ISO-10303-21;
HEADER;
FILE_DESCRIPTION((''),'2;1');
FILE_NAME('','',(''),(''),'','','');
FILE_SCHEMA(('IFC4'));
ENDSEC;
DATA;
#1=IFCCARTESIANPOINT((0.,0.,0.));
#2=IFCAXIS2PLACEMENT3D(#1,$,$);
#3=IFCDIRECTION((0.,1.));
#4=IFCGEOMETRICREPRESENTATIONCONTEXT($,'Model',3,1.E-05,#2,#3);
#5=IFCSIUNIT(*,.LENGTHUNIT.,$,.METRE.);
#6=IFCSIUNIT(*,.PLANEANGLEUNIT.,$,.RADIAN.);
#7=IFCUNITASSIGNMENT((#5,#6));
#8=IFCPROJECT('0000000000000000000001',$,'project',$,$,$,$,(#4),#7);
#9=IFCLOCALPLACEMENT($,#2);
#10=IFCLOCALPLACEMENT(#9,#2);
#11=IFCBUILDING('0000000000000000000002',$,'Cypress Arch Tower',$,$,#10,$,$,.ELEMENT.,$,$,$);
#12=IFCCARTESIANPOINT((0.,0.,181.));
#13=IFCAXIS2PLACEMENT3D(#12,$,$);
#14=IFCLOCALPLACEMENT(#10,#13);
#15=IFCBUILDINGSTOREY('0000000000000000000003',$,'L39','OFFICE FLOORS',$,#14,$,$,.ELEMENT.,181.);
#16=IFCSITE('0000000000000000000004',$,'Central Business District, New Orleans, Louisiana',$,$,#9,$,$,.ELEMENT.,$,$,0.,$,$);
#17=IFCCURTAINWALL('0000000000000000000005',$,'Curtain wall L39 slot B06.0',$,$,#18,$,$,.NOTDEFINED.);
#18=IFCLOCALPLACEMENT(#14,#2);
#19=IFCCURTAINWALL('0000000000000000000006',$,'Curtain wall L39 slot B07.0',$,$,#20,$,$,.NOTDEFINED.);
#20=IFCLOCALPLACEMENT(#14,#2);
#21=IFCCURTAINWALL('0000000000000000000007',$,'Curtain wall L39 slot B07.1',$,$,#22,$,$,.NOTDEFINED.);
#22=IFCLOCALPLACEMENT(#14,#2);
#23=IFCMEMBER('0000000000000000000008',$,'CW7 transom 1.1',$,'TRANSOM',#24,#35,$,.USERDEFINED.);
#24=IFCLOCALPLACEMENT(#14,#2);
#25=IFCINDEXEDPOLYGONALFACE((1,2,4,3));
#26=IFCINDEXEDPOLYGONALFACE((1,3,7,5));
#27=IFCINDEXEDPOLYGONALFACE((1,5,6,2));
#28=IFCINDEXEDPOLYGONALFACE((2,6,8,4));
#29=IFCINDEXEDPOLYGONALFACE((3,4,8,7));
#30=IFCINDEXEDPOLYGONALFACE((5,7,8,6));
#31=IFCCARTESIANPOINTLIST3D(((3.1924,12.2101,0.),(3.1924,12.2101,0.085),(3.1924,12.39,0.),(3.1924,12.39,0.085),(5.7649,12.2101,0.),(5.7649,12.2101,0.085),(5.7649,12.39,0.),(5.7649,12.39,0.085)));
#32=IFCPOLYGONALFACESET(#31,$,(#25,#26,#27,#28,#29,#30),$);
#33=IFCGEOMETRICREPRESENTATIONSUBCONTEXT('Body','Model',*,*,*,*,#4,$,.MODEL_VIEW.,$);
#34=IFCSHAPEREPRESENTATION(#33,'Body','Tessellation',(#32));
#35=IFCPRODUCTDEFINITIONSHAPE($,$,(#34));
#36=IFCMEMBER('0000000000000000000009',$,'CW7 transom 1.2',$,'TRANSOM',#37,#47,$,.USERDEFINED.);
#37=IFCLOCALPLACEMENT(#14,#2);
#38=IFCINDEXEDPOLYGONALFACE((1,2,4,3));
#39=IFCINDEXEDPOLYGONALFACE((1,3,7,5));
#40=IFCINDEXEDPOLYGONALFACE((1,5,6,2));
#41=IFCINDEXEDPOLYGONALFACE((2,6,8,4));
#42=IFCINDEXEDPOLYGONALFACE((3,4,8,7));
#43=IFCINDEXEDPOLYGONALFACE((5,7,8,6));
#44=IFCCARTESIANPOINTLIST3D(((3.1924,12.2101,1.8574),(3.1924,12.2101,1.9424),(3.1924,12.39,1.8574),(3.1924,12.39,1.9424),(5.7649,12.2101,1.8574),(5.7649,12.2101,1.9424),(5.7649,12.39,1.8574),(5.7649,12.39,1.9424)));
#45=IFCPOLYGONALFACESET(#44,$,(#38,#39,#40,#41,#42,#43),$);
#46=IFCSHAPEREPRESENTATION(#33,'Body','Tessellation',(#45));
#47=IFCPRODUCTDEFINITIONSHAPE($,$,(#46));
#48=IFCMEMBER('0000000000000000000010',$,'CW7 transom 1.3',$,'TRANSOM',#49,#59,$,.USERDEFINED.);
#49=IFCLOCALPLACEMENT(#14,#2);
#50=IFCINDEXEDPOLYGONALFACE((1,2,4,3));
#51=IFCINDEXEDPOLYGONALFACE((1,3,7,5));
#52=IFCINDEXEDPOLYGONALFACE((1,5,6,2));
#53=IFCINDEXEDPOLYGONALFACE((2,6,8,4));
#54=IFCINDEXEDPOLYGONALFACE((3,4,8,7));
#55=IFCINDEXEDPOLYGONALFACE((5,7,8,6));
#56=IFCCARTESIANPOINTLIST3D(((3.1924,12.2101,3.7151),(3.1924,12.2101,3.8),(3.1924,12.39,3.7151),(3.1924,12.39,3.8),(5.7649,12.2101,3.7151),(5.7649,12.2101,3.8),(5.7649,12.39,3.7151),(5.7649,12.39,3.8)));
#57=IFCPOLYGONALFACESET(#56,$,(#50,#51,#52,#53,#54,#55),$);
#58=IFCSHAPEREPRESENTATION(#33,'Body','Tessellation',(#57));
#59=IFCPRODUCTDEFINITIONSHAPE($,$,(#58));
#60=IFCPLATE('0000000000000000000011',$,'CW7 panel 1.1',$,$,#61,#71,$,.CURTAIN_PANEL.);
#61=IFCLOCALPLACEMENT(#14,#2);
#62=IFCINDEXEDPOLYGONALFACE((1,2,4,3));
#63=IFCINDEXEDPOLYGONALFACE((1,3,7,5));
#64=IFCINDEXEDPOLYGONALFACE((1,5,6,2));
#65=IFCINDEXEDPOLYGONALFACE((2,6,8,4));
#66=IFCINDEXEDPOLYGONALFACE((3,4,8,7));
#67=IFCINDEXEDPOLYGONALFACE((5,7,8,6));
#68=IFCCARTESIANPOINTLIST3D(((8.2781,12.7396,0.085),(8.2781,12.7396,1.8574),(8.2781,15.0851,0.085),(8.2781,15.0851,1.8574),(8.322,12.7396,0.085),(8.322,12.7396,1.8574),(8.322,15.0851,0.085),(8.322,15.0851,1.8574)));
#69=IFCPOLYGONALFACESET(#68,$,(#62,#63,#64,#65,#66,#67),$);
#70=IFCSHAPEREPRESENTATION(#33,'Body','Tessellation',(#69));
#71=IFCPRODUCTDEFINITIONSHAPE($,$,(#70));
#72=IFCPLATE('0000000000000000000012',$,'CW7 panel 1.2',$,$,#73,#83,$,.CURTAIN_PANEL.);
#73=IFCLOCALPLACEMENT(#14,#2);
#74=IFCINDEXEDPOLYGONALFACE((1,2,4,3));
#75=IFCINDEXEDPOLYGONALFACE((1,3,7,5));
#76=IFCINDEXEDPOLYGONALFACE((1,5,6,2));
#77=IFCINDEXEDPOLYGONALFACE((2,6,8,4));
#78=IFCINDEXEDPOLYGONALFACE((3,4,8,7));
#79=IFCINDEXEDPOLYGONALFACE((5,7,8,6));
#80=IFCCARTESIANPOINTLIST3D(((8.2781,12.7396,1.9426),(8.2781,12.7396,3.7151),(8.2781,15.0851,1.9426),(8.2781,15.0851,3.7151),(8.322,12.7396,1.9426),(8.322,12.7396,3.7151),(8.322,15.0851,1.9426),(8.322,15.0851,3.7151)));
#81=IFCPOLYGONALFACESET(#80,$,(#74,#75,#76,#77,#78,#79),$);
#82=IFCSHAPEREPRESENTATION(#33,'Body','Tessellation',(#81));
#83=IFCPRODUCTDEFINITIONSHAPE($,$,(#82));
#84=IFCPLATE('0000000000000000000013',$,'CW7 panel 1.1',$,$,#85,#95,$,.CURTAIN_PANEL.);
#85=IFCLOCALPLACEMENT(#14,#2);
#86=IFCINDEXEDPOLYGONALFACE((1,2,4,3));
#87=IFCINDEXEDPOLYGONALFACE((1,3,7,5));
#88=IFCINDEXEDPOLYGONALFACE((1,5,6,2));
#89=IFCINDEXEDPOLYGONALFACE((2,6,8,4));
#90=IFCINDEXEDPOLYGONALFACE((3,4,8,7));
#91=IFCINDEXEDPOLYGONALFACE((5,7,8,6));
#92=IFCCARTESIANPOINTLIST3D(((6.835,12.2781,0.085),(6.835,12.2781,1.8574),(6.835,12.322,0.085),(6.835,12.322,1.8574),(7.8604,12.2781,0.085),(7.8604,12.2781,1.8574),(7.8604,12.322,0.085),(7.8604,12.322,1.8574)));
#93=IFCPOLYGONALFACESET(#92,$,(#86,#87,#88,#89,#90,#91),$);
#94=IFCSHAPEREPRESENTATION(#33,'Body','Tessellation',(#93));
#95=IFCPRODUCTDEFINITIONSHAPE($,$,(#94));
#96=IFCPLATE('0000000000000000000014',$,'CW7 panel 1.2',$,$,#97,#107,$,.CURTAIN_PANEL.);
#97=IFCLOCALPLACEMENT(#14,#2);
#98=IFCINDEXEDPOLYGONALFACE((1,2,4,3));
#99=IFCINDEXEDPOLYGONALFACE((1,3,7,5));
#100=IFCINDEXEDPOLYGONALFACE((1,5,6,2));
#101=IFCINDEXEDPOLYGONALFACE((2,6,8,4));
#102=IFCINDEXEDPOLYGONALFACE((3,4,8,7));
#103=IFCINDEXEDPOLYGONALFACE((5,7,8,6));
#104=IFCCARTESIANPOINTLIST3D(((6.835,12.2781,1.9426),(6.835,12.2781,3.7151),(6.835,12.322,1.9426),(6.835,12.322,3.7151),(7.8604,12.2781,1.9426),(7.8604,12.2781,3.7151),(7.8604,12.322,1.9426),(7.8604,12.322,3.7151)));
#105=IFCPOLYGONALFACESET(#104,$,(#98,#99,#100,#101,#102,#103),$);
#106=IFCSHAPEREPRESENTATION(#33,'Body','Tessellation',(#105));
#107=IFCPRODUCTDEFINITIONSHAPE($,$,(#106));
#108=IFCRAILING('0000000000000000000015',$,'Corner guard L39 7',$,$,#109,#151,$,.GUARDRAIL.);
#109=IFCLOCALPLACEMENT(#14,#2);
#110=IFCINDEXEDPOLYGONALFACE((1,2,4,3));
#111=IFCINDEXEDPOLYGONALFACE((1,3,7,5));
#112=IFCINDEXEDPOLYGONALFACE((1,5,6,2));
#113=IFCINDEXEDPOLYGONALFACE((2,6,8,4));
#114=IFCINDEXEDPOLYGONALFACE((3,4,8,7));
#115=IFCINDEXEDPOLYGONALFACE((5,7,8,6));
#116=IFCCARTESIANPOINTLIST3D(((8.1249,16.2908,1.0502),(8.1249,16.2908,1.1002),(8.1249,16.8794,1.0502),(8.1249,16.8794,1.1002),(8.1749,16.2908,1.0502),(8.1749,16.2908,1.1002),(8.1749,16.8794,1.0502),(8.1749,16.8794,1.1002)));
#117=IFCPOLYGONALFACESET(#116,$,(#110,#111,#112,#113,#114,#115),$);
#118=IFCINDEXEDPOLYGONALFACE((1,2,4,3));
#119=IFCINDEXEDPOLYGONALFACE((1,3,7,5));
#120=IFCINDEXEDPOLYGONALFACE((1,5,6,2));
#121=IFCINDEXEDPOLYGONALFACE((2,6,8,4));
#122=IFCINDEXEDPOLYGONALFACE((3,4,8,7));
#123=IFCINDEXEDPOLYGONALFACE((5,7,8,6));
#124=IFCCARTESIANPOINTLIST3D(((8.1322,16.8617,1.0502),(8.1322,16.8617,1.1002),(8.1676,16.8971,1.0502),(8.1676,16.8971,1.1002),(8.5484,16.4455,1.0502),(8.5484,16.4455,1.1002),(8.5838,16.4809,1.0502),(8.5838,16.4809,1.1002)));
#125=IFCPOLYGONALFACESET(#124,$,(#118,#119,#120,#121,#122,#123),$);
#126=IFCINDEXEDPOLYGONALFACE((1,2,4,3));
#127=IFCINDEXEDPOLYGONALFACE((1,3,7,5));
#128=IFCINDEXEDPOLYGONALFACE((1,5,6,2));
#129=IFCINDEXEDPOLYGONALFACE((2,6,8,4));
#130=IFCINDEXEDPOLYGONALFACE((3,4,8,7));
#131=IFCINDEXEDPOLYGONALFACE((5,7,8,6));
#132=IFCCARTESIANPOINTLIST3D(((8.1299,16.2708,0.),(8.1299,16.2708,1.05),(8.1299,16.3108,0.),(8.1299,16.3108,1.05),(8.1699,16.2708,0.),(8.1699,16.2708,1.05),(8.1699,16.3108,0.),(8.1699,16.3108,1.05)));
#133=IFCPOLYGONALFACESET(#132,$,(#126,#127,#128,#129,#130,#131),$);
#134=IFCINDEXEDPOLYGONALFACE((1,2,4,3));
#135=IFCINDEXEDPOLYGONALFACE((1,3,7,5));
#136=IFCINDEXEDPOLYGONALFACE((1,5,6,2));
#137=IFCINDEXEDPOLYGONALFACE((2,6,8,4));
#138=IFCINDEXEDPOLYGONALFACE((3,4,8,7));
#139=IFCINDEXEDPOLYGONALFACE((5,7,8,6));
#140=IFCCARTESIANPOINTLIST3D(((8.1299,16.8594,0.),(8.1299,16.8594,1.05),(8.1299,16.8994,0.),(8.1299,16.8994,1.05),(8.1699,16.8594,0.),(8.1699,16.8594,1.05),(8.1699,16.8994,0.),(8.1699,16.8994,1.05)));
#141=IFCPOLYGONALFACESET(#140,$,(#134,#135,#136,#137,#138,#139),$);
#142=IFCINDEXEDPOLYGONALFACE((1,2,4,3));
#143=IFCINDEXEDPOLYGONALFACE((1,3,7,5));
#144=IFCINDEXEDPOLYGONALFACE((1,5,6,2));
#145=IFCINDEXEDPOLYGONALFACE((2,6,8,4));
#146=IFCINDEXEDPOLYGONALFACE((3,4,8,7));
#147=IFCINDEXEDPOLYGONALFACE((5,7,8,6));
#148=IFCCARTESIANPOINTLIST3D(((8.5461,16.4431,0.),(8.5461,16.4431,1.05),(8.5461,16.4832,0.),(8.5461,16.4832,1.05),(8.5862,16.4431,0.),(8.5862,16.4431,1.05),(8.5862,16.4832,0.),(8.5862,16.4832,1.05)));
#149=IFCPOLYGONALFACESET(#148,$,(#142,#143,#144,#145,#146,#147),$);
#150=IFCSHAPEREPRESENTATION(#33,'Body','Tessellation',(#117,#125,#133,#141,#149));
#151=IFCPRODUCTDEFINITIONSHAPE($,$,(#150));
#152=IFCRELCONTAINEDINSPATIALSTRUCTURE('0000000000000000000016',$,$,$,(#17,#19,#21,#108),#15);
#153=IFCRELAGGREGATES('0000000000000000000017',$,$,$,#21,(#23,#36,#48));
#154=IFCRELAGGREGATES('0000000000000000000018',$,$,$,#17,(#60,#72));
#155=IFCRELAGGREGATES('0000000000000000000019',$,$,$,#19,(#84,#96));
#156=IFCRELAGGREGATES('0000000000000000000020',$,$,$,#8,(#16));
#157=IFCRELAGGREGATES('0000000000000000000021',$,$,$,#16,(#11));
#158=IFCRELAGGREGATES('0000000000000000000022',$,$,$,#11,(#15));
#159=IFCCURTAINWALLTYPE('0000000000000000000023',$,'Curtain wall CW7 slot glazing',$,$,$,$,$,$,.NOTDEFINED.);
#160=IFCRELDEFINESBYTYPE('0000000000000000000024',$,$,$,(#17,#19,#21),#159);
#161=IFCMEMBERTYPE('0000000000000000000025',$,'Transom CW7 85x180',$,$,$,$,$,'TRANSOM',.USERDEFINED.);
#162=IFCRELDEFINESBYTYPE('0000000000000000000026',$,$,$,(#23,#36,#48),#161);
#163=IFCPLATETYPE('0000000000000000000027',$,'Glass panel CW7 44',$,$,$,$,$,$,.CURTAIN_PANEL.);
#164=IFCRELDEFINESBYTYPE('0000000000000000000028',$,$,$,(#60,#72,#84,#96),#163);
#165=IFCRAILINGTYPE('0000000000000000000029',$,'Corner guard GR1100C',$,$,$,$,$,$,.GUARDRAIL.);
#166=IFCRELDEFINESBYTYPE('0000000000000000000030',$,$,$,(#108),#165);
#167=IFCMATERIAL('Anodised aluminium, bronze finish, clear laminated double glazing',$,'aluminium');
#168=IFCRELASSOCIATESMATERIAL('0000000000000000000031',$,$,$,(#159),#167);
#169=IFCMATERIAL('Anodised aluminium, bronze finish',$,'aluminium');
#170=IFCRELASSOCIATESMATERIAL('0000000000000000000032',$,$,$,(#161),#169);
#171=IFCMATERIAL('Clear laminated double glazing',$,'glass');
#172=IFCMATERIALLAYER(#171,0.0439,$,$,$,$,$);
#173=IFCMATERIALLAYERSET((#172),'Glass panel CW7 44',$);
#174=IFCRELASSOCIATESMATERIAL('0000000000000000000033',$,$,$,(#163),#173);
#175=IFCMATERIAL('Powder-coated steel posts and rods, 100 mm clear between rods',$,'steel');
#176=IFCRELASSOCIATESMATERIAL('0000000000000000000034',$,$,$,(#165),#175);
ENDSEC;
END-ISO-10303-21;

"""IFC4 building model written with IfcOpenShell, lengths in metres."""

from ifc_helpers import new_model, si_unit, direction, frame, origin, origin_2d, place, context, subcontext, project, spatial, rectangle, extrude, material, layer, layer_set, material_profile, profile_set, type_object, element, aggregate, save


model = new_model("IFC4")

# Units and contexts
model_context = context("Model", 3, precision=1e-05, world=origin(), true_north=direction((0.0, 1.0)))
body_context = subcontext(model_context, "Body", "Model", "MODEL_VIEW")
ifc_project = project(units=[si_unit("LENGTHUNIT", "METRE"), si_unit("PLANEANGLEUNIT", "RADIAN")], contexts=[model_context])

# Site, building, storey
site_placement = place(None, origin())
site = spatial("IfcSite", under=ifc_project, at=site_placement, Name="Central Business District, New Orleans, Louisiana", CompositionType="ELEMENT", RefElevation=0.0)
building_placement = place(site_placement, origin())
building = spatial("IfcBuilding", under=site, at=building_placement, Name="Cypress Arch Tower", CompositionType="ELEMENT")
storey_placement = place(building_placement, frame((0.0, 0.0, 181.0)))
storey = spatial("IfcBuildingStorey", under=building, at=storey_placement, Name="L39", Description="OFFICE FLOORS", CompositionType="ELEMENT", Elevation=181.0)

# Curtain walls
ifc_material_1 = material(Name="Anodised aluminium, bronze finish, clear laminated double glazing", Category="aluminium")
curtain_wall_type = type_object("IfcCurtainWallType", Name="Curtain wall CW7 slot glazing", PredefinedType="NOTDEFINED", material=ifc_material_1)
curtain_wall_1_placement = place(storey_placement, origin())
curtain_wall_1 = element("IfcCurtainWall", 1, at=curtain_wall_1_placement, inside=storey, type_object=curtain_wall_type, Name="Curtain wall L39 slot B06.0", PredefinedType="NOTDEFINED")
curtain_wall_2_placement = place(storey_placement, origin())
curtain_wall_2 = element("IfcCurtainWall", 2, at=curtain_wall_2_placement, inside=storey, type_object=curtain_wall_type, Name="Curtain wall L39 slot B07.0", PredefinedType="NOTDEFINED")

# Curtain wall
curtain_wall_3_placement = place(storey_placement, origin())
curtain_wall_3 = element("IfcCurtainWall", 3, at=curtain_wall_3_placement, inside=storey, type_object=curtain_wall_type, Name="Curtain wall L39 slot B07.1", PredefinedType="NOTDEFINED")

# Members
ifc_material_2 = material(Name="Anodised aluminium, bronze finish", Category="aluminium")
ifc_material_profile_1 = material_profile(ifc_material_2, rectangle(XDim=0.1799, YDim=0.085, at=origin_2d()), Name="Transom 85x180")
ifc_profile_set_1 = profile_set([ifc_material_profile_1], Name="Anodised aluminium, bronze finish")
member_type_1 = type_object("IfcMemberType", Name="Transom CW7 85x180", ElementType="TRANSOM", PredefinedType="USERDEFINED", material=ifc_profile_set_1)
member_1_placement = place(storey_placement, frame((5.7649, 12.3, 0.0425), z_axis=(-1.0, 0.0, 0.0), x_axis=(0.0, -1.0, 0.0)))
member_1 = element("IfcMember", 4, at=member_1_placement, type_object=member_type_1, Name="CW7 transom 1.1", ObjectType="TRANSOM", PredefinedType="USERDEFINED", context=body_context, shape_type="SweptSolid", body=[
    extrude(rectangle(XDim=0.1799, YDim=0.085, at=origin_2d()), origin(), (0.0, 0.0, 1.0), 2.5725),
])
member_2_placement = place(storey_placement, frame((5.7649, 12.3, 1.8999), z_axis=(-1.0, 0.0, 0.0), x_axis=(0.0, -1.0, 0.0)))
member_2 = element("IfcMember", 5, at=member_2_placement, type_object=member_type_1, Name="CW7 transom 1.2", ObjectType="TRANSOM", PredefinedType="USERDEFINED", context=body_context, shape_type="SweptSolid", body=[
    extrude(rectangle(XDim=0.1799, YDim=0.085, at=origin_2d()), origin(), (0.0, 0.0, 1.0), 2.5725),
])
member_3_placement = place(storey_placement, frame((5.7649, 12.3, 3.7576), z_axis=(-1.0, 0.0, 0.0), x_axis=(0.0, -1.0, 0.0)))
member_3 = element("IfcMember", 6, at=member_3_placement, type_object=member_type_1, Name="CW7 transom 1.3", ObjectType="TRANSOM", PredefinedType="USERDEFINED", context=body_context, shape_type="SweptSolid", body=[
    extrude(rectangle(XDim=0.1799, YDim=0.085, at=origin_2d()), origin(), (0.0, 0.0, 1.0), 2.5725),
])
aggregate(curtain_wall_3, [member_1, member_2, member_3])

# Plates
ifc_material_3 = material(Name="Clear laminated double glazing", Category="glass")
ifc_layer = layer(ifc_material_3, 0.0439)
ifc_layer_set = layer_set([ifc_layer], Name="Glass panel CW7 44")
plate_type = type_object("IfcPlateType", Name="Glass panel CW7 44", PredefinedType="CURTAIN_PANEL", material=ifc_layer_set)
plate_1_placement = place(storey_placement, frame((8.3, 13.9124, 0.085), z_axis=(0.0, 0.0, 1.0), x_axis=(0.0, -1.0, 0.0)))
plate_1 = element("IfcPlate", 7, at=plate_1_placement, type_object=plate_type, Name="CW7 panel 1.1", PredefinedType="CURTAIN_PANEL", context=body_context, shape_type="SweptSolid", body=[
    extrude(rectangle(XDim=2.3455, YDim=0.0439, at=origin_2d()), origin(), (0.0, 0.0, 1.0), 1.7725),
])
plate_2_placement = place(storey_placement, frame((8.3, 13.9124, 1.9426), z_axis=(0.0, 0.0, 1.0), x_axis=(0.0, -1.0, 0.0)))
plate_2 = element("IfcPlate", 8, at=plate_2_placement, type_object=plate_type, Name="CW7 panel 1.2", PredefinedType="CURTAIN_PANEL", context=body_context, shape_type="SweptSolid", body=[
    extrude(rectangle(XDim=2.3455, YDim=0.0439, at=origin_2d()), origin(), (0.0, 0.0, 1.0), 1.7725),
])
aggregate(curtain_wall_1, [plate_1, plate_2])
plate_3_placement = place(storey_placement, frame((7.3477, 12.3, 0.085), z_axis=(0.0, 0.0, 1.0), x_axis=(-1.0, 0.0, 0.0)))
plate_3 = element("IfcPlate", 9, at=plate_3_placement, type_object=plate_type, Name="CW7 panel 1.1", PredefinedType="CURTAIN_PANEL", context=body_context, shape_type="SweptSolid", body=[
    extrude(rectangle(XDim=1.0254, YDim=0.0439, at=origin_2d()), origin(), (0.0, 0.0, 1.0), 1.7725),
])
plate_4_placement = place(storey_placement, frame((7.3477, 12.3, 1.9426), z_axis=(0.0, 0.0, 1.0), x_axis=(-1.0, 0.0, 0.0)))
plate_4 = element("IfcPlate", 10, at=plate_4_placement, type_object=plate_type, Name="CW7 panel 1.2", PredefinedType="CURTAIN_PANEL", context=body_context, shape_type="SweptSolid", body=[
    extrude(rectangle(XDim=1.0254, YDim=0.0439, at=origin_2d()), origin(), (0.0, 0.0, 1.0), 1.7725),
])
aggregate(curtain_wall_2, [plate_3, plate_4])

# Railing
ifc_material_4 = material(Name="Powder-coated steel posts and rods, 100 mm clear between rods", Category="steel")
railing_type = type_object("IfcRailingType", Name="Corner guard GR1100C", PredefinedType="GUARDRAIL", material=ifc_material_4)
railing_placement = place(storey_placement, frame((8.1499, 16.2908, 0.0)))
element("IfcRailing", 11, at=railing_placement, inside=storey, type_object=railing_type, Name="Corner guard L39 7", PredefinedType="GUARDRAIL", context=body_context, shape_type="SweptSolid", body=[
    extrude(rectangle(XDim=0.05, YDim=0.05, at=origin_2d()), frame((0.0, 0.0, 1.0752), z_axis=(0.0, 1.0, 0.0), x_axis=(-1.0, 0.0, 0.0)), (0.0, 0.0, 1.0), 0.5886),
    extrude(rectangle(XDim=0.05, YDim=0.05, at=origin_2d()), frame((0.0, 0.5886, 1.0752), z_axis=(0.707107, -0.707107, 0.0), x_axis=(0.707107, 0.707107, 0.0)), (0.0, 0.0, 1.0), 0.5886),
    extrude(rectangle(XDim=0.04, YDim=0.04, at=origin_2d()), origin(), (0.0, 0.0, 1.0), 1.05),
    extrude(rectangle(XDim=0.04, YDim=0.04, at=origin_2d()), frame((0.0, 0.5886, 0.0)), (0.0, 0.0, 1.0), 1.05),
    extrude(rectangle(XDim=0.04, YDim=0.04, at=origin_2d()), frame((0.4163, 0.1724, 0.0)), (0.0, 0.0, 1.0), 1.05),
])

save(model, "model.ifc")
